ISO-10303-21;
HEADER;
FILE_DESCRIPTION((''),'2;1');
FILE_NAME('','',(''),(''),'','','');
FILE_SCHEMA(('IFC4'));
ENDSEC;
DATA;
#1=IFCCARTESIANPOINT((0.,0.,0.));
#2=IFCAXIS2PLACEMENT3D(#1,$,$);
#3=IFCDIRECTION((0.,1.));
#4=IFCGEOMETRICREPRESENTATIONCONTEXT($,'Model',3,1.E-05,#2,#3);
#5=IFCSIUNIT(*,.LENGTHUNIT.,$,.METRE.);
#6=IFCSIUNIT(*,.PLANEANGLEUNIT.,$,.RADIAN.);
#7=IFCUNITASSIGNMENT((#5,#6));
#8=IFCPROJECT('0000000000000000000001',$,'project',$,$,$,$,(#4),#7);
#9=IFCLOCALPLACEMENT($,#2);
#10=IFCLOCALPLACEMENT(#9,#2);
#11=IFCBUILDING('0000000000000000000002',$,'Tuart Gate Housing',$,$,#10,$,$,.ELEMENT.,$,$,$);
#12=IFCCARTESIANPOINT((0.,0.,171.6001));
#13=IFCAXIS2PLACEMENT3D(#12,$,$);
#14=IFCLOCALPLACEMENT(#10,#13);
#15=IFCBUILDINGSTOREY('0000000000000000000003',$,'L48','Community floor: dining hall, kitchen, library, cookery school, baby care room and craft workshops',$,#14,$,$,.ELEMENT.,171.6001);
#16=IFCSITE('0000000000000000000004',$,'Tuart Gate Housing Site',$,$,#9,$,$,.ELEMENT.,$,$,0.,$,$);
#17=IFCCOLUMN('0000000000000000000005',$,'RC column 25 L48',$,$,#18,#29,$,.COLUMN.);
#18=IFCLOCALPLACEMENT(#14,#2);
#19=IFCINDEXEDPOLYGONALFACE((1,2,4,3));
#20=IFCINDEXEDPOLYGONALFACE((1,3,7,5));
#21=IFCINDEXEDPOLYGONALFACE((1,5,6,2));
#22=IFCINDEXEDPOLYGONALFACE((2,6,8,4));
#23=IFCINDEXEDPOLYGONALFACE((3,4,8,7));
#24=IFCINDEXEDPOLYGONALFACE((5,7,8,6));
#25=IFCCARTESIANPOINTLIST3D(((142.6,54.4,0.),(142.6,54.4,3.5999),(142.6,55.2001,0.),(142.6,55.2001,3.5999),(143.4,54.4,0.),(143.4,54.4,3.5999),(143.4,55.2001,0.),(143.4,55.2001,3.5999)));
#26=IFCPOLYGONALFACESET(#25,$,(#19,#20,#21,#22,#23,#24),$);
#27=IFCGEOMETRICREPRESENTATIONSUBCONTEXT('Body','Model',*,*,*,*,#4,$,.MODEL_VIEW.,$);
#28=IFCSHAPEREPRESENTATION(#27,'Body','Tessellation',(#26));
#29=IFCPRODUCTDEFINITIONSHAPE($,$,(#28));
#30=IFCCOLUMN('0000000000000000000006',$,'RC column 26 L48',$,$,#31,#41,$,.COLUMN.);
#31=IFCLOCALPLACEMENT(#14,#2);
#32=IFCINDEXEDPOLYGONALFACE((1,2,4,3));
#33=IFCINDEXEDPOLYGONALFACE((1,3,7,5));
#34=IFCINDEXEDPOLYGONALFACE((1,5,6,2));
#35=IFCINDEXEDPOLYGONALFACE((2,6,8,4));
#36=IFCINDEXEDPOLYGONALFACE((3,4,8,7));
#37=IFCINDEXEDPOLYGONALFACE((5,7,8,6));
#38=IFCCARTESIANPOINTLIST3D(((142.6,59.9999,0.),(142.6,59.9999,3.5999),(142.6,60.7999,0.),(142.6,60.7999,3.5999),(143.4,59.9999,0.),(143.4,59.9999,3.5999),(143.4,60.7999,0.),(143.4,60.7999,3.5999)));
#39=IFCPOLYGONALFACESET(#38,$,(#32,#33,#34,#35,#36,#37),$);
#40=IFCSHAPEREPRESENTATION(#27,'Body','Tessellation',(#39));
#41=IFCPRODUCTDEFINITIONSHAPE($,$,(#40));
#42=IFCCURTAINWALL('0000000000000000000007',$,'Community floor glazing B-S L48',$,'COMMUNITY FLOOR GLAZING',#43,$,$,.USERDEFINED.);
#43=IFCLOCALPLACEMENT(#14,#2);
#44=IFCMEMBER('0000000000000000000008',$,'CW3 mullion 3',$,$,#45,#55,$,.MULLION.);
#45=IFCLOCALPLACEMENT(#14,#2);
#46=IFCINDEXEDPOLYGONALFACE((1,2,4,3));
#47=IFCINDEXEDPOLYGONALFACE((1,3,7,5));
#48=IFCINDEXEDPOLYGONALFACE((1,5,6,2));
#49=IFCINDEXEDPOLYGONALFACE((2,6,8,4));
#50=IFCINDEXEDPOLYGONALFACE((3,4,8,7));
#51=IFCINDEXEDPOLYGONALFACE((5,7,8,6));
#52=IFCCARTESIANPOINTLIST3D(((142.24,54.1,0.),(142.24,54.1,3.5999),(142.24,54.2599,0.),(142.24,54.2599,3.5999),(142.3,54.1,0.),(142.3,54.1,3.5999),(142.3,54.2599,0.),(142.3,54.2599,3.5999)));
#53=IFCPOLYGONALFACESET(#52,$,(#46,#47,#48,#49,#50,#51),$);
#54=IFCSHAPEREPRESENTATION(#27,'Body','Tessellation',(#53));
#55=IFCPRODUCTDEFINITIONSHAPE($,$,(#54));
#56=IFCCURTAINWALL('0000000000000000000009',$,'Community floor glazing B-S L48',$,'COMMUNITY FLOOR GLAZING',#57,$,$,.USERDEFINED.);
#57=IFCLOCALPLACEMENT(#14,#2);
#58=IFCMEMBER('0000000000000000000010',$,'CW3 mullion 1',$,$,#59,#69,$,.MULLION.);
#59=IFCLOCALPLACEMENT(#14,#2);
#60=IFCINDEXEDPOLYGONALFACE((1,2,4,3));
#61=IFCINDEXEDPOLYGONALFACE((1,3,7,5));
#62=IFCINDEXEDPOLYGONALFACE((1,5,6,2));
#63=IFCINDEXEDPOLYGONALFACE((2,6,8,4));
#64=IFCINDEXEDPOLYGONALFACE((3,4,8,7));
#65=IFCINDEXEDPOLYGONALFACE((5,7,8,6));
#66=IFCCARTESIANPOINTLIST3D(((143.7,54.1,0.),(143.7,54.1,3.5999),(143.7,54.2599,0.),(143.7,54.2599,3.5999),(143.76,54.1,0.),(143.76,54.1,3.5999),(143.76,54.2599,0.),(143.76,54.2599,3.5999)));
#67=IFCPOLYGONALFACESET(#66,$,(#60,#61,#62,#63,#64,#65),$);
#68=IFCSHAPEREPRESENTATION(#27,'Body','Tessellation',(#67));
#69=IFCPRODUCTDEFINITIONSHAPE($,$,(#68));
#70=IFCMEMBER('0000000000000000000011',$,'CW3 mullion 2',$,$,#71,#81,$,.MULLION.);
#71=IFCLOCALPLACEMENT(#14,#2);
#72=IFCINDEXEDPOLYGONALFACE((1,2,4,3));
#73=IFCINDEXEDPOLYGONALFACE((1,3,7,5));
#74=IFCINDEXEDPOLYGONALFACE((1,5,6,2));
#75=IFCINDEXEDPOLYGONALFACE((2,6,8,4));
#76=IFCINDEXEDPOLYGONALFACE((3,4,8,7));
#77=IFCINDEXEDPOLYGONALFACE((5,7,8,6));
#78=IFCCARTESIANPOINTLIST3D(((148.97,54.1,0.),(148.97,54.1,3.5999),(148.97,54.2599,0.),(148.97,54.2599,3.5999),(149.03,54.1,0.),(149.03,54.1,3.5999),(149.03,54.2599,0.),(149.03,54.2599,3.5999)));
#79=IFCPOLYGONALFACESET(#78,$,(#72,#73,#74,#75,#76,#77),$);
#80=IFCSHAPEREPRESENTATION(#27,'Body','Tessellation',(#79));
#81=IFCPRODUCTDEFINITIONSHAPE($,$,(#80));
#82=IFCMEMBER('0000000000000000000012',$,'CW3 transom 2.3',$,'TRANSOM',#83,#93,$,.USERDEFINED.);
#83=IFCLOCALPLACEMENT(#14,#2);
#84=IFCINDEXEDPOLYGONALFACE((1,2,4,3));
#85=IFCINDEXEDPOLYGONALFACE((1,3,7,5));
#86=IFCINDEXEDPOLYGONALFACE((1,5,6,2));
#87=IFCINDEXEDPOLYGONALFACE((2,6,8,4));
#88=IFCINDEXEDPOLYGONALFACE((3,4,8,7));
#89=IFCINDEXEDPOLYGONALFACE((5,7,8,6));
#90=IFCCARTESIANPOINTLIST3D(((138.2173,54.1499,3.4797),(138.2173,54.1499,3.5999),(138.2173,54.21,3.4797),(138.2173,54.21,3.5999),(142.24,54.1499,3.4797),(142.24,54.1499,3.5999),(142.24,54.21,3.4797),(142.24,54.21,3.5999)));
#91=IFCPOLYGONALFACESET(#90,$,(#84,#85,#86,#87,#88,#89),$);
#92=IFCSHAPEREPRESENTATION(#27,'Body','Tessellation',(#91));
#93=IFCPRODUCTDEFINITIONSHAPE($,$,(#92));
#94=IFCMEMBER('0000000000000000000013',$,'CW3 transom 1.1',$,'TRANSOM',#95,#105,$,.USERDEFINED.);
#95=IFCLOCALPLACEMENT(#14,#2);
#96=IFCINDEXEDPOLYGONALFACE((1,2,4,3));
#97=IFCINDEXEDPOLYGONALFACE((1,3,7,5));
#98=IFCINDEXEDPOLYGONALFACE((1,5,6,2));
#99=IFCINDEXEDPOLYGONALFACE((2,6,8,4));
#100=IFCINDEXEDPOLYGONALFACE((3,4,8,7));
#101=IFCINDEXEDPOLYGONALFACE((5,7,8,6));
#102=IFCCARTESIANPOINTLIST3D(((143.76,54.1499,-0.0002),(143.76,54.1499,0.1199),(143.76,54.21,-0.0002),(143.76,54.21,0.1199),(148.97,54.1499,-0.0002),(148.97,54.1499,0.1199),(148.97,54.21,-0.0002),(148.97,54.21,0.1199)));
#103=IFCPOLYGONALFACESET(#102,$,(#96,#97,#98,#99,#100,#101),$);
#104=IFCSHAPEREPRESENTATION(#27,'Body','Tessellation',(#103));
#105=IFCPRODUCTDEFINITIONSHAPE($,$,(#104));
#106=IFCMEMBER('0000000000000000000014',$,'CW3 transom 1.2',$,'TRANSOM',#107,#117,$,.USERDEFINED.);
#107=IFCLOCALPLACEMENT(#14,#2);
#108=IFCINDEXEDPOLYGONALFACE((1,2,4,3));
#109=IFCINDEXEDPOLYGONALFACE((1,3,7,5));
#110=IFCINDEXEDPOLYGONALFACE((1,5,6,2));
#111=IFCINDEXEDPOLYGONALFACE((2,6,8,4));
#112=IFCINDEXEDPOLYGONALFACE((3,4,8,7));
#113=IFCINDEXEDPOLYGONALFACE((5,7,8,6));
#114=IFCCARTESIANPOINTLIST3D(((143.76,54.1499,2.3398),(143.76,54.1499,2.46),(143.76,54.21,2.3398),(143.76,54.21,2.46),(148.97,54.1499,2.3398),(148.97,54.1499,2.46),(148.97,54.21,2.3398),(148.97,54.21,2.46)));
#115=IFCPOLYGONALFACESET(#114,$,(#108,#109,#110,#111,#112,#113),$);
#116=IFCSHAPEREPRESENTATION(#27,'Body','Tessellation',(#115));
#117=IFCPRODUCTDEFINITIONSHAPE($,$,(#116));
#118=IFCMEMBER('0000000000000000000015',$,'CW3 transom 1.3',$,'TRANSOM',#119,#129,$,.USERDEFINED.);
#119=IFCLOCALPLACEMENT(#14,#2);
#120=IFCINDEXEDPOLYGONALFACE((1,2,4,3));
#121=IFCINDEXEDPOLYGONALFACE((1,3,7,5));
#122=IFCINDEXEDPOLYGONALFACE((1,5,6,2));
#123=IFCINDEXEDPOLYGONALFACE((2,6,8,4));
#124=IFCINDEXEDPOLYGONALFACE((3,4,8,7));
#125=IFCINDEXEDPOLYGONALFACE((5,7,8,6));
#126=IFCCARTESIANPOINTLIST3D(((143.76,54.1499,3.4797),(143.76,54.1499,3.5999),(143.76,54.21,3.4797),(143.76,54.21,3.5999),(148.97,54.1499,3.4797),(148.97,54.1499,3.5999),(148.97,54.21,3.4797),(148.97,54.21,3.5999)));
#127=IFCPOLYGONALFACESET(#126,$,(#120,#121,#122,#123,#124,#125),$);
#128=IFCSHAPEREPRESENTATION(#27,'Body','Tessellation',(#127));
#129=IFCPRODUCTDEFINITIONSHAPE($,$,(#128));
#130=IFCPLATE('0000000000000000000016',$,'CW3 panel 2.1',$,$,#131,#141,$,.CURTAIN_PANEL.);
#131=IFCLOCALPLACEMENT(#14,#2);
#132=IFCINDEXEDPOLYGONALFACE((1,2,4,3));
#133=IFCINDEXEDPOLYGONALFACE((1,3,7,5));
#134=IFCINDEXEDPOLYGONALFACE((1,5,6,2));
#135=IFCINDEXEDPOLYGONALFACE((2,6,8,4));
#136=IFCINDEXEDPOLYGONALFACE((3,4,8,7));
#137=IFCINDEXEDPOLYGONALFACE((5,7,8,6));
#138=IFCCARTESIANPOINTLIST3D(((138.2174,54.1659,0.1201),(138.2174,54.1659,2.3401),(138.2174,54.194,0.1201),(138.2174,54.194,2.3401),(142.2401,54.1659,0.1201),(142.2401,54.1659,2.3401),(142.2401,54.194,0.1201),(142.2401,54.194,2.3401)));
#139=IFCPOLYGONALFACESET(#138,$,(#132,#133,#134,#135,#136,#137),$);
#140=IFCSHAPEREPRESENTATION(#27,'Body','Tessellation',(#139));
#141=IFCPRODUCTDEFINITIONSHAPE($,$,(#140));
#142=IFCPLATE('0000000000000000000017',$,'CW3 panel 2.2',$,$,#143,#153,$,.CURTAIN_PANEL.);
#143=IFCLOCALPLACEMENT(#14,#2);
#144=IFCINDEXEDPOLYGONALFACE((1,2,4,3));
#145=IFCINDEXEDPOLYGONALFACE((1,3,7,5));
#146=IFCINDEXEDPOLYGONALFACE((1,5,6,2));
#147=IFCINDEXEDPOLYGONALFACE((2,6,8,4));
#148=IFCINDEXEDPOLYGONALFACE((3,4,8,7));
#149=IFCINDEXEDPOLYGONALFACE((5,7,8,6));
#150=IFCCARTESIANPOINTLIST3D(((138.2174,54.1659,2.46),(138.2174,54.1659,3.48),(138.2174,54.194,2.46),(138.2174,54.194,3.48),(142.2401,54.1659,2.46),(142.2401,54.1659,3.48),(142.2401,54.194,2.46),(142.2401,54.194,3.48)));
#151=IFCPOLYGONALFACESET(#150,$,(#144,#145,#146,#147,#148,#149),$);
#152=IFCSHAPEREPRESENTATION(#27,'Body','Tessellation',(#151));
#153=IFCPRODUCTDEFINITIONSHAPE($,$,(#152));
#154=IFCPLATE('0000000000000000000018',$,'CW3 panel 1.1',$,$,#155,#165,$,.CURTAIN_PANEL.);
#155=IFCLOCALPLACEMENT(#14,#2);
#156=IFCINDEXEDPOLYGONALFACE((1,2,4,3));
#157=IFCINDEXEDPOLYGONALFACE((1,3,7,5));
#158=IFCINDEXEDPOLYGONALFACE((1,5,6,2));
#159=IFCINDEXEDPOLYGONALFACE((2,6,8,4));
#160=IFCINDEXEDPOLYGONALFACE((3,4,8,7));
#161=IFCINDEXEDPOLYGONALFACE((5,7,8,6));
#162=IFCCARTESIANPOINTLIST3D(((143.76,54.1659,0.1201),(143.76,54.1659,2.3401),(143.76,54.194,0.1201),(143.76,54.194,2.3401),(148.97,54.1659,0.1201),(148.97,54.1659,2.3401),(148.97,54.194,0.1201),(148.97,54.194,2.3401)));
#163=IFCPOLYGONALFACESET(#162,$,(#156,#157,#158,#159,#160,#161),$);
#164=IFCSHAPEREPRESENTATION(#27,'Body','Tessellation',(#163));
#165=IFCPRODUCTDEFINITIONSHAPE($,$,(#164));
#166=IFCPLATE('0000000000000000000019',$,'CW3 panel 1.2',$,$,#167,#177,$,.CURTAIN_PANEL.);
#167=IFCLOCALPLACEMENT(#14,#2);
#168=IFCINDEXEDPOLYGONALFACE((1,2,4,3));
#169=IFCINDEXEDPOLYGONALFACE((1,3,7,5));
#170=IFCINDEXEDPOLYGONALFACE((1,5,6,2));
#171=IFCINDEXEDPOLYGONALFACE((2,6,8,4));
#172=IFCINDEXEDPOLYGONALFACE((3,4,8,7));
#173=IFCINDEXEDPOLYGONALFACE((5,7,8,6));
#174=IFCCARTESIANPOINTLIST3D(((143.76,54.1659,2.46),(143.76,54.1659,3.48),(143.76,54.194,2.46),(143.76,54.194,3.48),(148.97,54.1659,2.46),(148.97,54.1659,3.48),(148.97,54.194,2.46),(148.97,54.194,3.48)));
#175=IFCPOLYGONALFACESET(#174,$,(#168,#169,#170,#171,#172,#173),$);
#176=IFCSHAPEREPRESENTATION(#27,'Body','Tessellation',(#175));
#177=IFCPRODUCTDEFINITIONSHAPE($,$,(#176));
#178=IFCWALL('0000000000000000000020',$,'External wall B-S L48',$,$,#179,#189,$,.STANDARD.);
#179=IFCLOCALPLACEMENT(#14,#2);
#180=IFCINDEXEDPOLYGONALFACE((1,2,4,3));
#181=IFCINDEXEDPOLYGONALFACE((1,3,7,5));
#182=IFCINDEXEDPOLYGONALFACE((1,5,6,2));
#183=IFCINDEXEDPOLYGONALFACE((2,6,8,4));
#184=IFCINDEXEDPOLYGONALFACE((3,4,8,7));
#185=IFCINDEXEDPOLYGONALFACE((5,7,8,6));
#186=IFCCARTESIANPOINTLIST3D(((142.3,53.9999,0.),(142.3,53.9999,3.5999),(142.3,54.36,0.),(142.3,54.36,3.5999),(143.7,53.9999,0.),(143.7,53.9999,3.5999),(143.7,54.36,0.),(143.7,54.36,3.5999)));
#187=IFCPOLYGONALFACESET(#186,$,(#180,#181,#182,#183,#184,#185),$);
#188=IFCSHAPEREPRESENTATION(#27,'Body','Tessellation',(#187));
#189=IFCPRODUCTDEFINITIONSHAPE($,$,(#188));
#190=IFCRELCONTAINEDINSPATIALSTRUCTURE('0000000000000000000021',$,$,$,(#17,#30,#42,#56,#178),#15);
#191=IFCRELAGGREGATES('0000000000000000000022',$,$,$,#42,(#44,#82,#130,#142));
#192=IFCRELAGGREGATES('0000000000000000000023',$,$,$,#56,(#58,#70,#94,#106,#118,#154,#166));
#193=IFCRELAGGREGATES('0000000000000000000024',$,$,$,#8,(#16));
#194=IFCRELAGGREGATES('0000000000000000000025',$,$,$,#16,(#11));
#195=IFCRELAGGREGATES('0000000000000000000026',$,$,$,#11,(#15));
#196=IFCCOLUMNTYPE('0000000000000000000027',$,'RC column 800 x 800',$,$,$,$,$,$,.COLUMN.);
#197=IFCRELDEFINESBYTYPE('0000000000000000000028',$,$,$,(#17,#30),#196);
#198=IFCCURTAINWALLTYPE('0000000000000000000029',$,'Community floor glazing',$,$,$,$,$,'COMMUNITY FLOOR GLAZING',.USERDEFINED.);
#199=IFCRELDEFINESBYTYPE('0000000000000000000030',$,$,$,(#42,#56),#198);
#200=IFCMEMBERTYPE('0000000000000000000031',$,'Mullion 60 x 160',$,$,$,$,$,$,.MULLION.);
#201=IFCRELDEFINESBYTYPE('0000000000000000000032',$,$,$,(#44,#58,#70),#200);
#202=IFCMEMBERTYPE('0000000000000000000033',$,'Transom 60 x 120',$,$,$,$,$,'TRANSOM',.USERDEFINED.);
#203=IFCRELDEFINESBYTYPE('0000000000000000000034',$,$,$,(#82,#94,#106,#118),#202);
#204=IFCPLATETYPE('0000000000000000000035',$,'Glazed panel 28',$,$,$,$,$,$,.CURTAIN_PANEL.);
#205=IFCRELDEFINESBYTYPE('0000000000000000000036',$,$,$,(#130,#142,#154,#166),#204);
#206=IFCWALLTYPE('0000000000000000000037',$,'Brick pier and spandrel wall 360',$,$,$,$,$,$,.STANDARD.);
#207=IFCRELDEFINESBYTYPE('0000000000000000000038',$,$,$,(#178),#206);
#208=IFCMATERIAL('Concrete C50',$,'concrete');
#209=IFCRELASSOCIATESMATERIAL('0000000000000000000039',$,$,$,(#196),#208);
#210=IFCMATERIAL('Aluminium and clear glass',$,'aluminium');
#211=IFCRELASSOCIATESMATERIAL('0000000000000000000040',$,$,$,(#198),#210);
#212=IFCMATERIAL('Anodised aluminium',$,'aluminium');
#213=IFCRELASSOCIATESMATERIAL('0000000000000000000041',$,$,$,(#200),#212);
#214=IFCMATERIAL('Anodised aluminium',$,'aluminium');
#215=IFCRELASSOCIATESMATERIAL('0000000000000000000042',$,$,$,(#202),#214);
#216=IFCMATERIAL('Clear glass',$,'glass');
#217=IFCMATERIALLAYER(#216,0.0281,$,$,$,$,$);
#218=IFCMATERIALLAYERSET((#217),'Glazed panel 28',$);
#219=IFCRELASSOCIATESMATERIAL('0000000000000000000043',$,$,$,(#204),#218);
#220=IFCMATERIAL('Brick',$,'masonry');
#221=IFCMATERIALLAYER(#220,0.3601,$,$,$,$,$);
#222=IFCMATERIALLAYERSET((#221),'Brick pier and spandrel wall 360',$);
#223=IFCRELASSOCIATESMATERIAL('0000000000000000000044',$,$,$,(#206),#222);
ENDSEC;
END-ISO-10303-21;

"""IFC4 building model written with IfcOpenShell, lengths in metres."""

from ifc_helpers import new_model, si_unit, direction, frame, frame_2d, origin, origin_2d, place, context, subcontext, project, spatial, rectangle, extrude, material, layer, layer_set, material_profile, profile_set, type_object, element, aggregate, save


model = new_model("IFC4")

# Units and contexts
model_context = context("Model", 3, precision=1e-05, world=origin(), true_north=direction((0.0, 1.0)))
body_context = subcontext(model_context, "Body", "Model", "MODEL_VIEW")
ifc_project = project(units=[si_unit("LENGTHUNIT", "METRE"), si_unit("PLANEANGLEUNIT", "RADIAN")], contexts=[model_context])

# Site, building, storey
site_placement = place(None, origin())
site = spatial("IfcSite", under=ifc_project, at=site_placement, Name="Tuart Gate Housing Site", CompositionType="ELEMENT", RefElevation=0.0)
building_placement = place(site_placement, origin())
building = spatial("IfcBuilding", under=site, at=building_placement, Name="Tuart Gate Housing", CompositionType="ELEMENT")
storey_placement = place(building_placement, frame((0.0, 0.0, 171.6001)))
storey = spatial("IfcBuildingStorey", under=building, at=storey_placement, Name="L48", Description="Community floor: dining hall, kitchen, library, cookery school, baby care room and craft workshops", CompositionType="ELEMENT", Elevation=171.6001)

# Columns
ifc_material_1 = material(Name="Concrete C50", Category="concrete")
ifc_material_profile_1 = material_profile(ifc_material_1, rectangle(XDim=0.8, YDim=0.8, at=origin_2d()), Name="RC column 800 x 800")
ifc_profile_set_1 = profile_set([ifc_material_profile_1], Name="Concrete C50")
column_type = type_object("IfcColumnType", Name="RC column 800 x 800", PredefinedType="COLUMN", material=ifc_profile_set_1)
for number, where, z_axis, x_axis, name in (
    (1, (143.0, 54.8, 0.0), (0.0, 0.0, 1.0), (1.0, 0.0, 0.0), "RC column 25 L48"),
    (2, (143.0, 60.3999, 0.0), (0.0, 0.0, 1.0), (1.0, 0.0, 0.0), "RC column 26 L48"),
):
    element("IfcColumn", number, at=place(storey_placement, frame(where, z_axis=z_axis, x_axis=x_axis)), inside=storey, type_object=column_type, Name=name, PredefinedType="COLUMN", context=body_context, shape_type="SweptSolid", body=[
        extrude(rectangle(XDim=0.8, YDim=0.8, at=origin_2d()), origin(), (0.0, 0.0, 1.0), 3.5999),
    ])

# Curtain wall, member
ifc_material_2 = material(Name="Aluminium and clear glass", Category="aluminium")
curtain_wall_type = type_object("IfcCurtainWallType", Name="Community floor glazing", ElementType="COMMUNITY FLOOR GLAZING", PredefinedType="USERDEFINED", material=ifc_material_2)
curtain_wall_1_placement = place(storey_placement, origin())
curtain_wall_1 = element("IfcCurtainWall", 3, at=curtain_wall_1_placement, inside=storey, type_object=curtain_wall_type, Name="Community floor glazing B-S L48", ObjectType="COMMUNITY FLOOR GLAZING", PredefinedType="USERDEFINED")
ifc_material_3 = material(Name="Anodised aluminium", Category="aluminium")
ifc_material_profile_2 = material_profile(ifc_material_3, rectangle(XDim=0.0601, YDim=0.1599, at=origin_2d()), Name="60x160")
ifc_profile_set_2 = profile_set([ifc_material_profile_2], Name="Anodised aluminium")
member_type_1 = type_object("IfcMemberType", Name="Mullion 60 x 160", PredefinedType="MULLION", material=ifc_profile_set_2)
member_1_placement = place(storey_placement, frame((142.27, 54.1799, 0.0), z_axis=(0.0, 0.0, 1.0), x_axis=(1.0, 0.0, 0.0)))
member_1 = element("IfcMember", 4, at=member_1_placement, type_object=member_type_1, Name="CW3 mullion 3", PredefinedType="MULLION", context=body_context, shape_type="SweptSolid", body=[
    extrude(rectangle(XDim=0.0601, YDim=0.1599, at=origin_2d()), origin(), (0.0, 0.0, 1.0), 3.5999),
])

# Curtain wall, members
curtain_wall_2_placement = place(storey_placement, origin())
curtain_wall_2 = element("IfcCurtainWall", 5, at=curtain_wall_2_placement, inside=storey, type_object=curtain_wall_type, Name="Community floor glazing B-S L48", ObjectType="COMMUNITY FLOOR GLAZING", PredefinedType="USERDEFINED")
member_2_placement = place(storey_placement, frame((143.73, 54.1799, 0.0), z_axis=(0.0, 0.0, 1.0), x_axis=(1.0, 0.0, 0.0)))
member_2 = element("IfcMember", 6, at=member_2_placement, type_object=member_type_1, Name="CW3 mullion 1", PredefinedType="MULLION", context=body_context, shape_type="SweptSolid", body=[
    extrude(rectangle(XDim=0.0601, YDim=0.1599, at=origin_2d()), origin(), (0.0, 0.0, 1.0), 3.5999),
])
member_3_placement = place(storey_placement, frame((149.0, 54.1799, 0.0), z_axis=(0.0, 0.0, 1.0), x_axis=(1.0, 0.0, 0.0)))
member_3 = element("IfcMember", 7, at=member_3_placement, type_object=member_type_1, Name="CW3 mullion 2", PredefinedType="MULLION", context=body_context, shape_type="SweptSolid", body=[
    extrude(rectangle(XDim=0.0601, YDim=0.1599, at=origin_2d()), origin(), (0.0, 0.0, 1.0), 3.5999),
])

# Members
ifc_material_4 = material(Name="Anodised aluminium", Category="aluminium")
ifc_material_profile_3 = material_profile(ifc_material_4, rectangle(XDim=0.0601, YDim=0.1201, at=origin_2d()), Name="60x120")
ifc_profile_set_3 = profile_set([ifc_material_profile_3], Name="Anodised aluminium")
member_type_2 = type_object("IfcMemberType", Name="Transom 60 x 120", ElementType="TRANSOM", PredefinedType="USERDEFINED", material=ifc_profile_set_3)
member_4_placement = place(storey_placement, frame((138.2173, 54.1799, 3.5398), z_axis=(1.0, 0.0, 0.0), x_axis=(0.0, 1.0, 0.0)))
member_4 = element("IfcMember", 8, at=member_4_placement, type_object=member_type_2, Name="CW3 transom 2.3", ObjectType="TRANSOM", PredefinedType="USERDEFINED", context=body_context, shape_type="SweptSolid", body=[
    extrude(rectangle(XDim=0.0601, YDim=0.1201, at=origin_2d()), origin(), (0.0, 0.0, 1.0), 4.0227),
])
member_5_placement = place(storey_placement, frame((143.76, 54.1799, 0.0598), z_axis=(1.0, 0.0, 0.0), x_axis=(0.0, 1.0, 0.0)))
member_5 = element("IfcMember", 9, at=member_5_placement, type_object=member_type_2, Name="CW3 transom 1.1", ObjectType="TRANSOM", PredefinedType="USERDEFINED", context=body_context, shape_type="SweptSolid", body=[
    extrude(rectangle(XDim=0.0601, YDim=0.1201, at=origin_2d()), origin(), (0.0, 0.0, 1.0), 5.21),
])
member_6_placement = place(storey_placement, frame((143.76, 54.1799, 2.3999), z_axis=(1.0, 0.0, 0.0), x_axis=(0.0, 1.0, 0.0)))
member_6 = element("IfcMember", 10, at=member_6_placement, type_object=member_type_2, Name="CW3 transom 1.2", ObjectType="TRANSOM", PredefinedType="USERDEFINED", context=body_context, shape_type="SweptSolid", body=[
    extrude(rectangle(XDim=0.0601, YDim=0.1201, at=origin_2d()), origin(), (0.0, 0.0, 1.0), 5.21),
])
member_7_placement = place(storey_placement, frame((143.76, 54.1799, 3.5398), z_axis=(1.0, 0.0, 0.0), x_axis=(0.0, 1.0, 0.0)))
member_7 = element("IfcMember", 11, at=member_7_placement, type_object=member_type_2, Name="CW3 transom 1.3", ObjectType="TRANSOM", PredefinedType="USERDEFINED", context=body_context, shape_type="SweptSolid", body=[
    extrude(rectangle(XDim=0.0601, YDim=0.1201, at=origin_2d()), origin(), (0.0, 0.0, 1.0), 5.21),
])

# Plates
ifc_material_5 = material(Name="Clear glass", Category="glass")
ifc_layer_1 = layer(ifc_material_5, 0.0281)
ifc_layer_set_1 = layer_set([ifc_layer_1], Name="Glazed panel 28")
plate_type = type_object("IfcPlateType", Name="Glazed panel 28", PredefinedType="CURTAIN_PANEL", material=ifc_layer_set_1)
plate_1_placement = place(storey_placement, frame((140.2288, 54.1799, 0.1201), z_axis=(0.0, 0.0, 1.0), x_axis=(1.0, 0.0, 0.0)))
plate_1 = element("IfcPlate", 12, at=plate_1_placement, type_object=plate_type, Name="CW3 panel 2.1", PredefinedType="CURTAIN_PANEL", context=body_context, shape_type="SweptSolid", body=[
    extrude(rectangle(XDim=4.0227, YDim=0.0281, at=origin_2d()), origin(), (0.0, 0.0, 1.0), 2.22),
])
plate_2_placement = place(storey_placement, frame((140.2288, 54.1799, 2.46), z_axis=(0.0, 0.0, 1.0), x_axis=(1.0, 0.0, 0.0)))
plate_2 = element("IfcPlate", 13, at=plate_2_placement, type_object=plate_type, Name="CW3 panel 2.2", PredefinedType="CURTAIN_PANEL", context=body_context, shape_type="SweptSolid", body=[
    extrude(rectangle(XDim=4.0227, YDim=0.0281, at=origin_2d()), origin(), (0.0, 0.0, 1.0), 1.02),
])
aggregate(curtain_wall_1, [member_1, member_4, plate_1, plate_2])
plate_3_placement = place(storey_placement, frame((146.365, 54.1799, 0.1201), z_axis=(0.0, 0.0, 1.0), x_axis=(1.0, 0.0, 0.0)))
plate_3 = element("IfcPlate", 14, at=plate_3_placement, type_object=plate_type, Name="CW3 panel 1.1", PredefinedType="CURTAIN_PANEL", context=body_context, shape_type="SweptSolid", body=[
    extrude(rectangle(XDim=5.21, YDim=0.0281, at=origin_2d()), origin(), (0.0, 0.0, 1.0), 2.22),
])
plate_4_placement = place(storey_placement, frame((146.365, 54.1799, 2.46), z_axis=(0.0, 0.0, 1.0), x_axis=(1.0, 0.0, 0.0)))
plate_4 = element("IfcPlate", 15, at=plate_4_placement, type_object=plate_type, Name="CW3 panel 1.2", PredefinedType="CURTAIN_PANEL", context=body_context, shape_type="SweptSolid", body=[
    extrude(rectangle(XDim=5.21, YDim=0.0281, at=origin_2d()), origin(), (0.0, 0.0, 1.0), 1.02),
])
aggregate(curtain_wall_2, [member_2, member_3, member_5, member_6, member_7, plate_3, plate_4])

# Wall
ifc_material_6 = material(Name="Brick", Category="masonry")
ifc_layer_2 = layer(ifc_material_6, 0.3601)
ifc_layer_set_2 = layer_set([ifc_layer_2], Name="Brick pier and spandrel wall 360")
wall_type_1 = type_object("IfcWallType", Name="Brick pier and spandrel wall 360", PredefinedType="STANDARD", material=ifc_layer_set_2)
wall_1_placement = place(storey_placement, frame((142.3, 54.1799, 0.0), z_axis=(0.0, 0.0, 1.0), x_axis=(1.0, 0.0, 0.0)))
element("IfcWall", 16, at=wall_1_placement, inside=storey, type_object=wall_type_1, Name="External wall B-S L48", PredefinedType="STANDARD", context=body_context, shape_type="SweptSolid", body=[
    extrude(rectangle(XDim=1.3999, YDim=0.3601, at=frame_2d((0.7, 0.0))), origin(), (0.0, 0.0, 1.0), 3.5999),
])

save(model, "model.ifc")
